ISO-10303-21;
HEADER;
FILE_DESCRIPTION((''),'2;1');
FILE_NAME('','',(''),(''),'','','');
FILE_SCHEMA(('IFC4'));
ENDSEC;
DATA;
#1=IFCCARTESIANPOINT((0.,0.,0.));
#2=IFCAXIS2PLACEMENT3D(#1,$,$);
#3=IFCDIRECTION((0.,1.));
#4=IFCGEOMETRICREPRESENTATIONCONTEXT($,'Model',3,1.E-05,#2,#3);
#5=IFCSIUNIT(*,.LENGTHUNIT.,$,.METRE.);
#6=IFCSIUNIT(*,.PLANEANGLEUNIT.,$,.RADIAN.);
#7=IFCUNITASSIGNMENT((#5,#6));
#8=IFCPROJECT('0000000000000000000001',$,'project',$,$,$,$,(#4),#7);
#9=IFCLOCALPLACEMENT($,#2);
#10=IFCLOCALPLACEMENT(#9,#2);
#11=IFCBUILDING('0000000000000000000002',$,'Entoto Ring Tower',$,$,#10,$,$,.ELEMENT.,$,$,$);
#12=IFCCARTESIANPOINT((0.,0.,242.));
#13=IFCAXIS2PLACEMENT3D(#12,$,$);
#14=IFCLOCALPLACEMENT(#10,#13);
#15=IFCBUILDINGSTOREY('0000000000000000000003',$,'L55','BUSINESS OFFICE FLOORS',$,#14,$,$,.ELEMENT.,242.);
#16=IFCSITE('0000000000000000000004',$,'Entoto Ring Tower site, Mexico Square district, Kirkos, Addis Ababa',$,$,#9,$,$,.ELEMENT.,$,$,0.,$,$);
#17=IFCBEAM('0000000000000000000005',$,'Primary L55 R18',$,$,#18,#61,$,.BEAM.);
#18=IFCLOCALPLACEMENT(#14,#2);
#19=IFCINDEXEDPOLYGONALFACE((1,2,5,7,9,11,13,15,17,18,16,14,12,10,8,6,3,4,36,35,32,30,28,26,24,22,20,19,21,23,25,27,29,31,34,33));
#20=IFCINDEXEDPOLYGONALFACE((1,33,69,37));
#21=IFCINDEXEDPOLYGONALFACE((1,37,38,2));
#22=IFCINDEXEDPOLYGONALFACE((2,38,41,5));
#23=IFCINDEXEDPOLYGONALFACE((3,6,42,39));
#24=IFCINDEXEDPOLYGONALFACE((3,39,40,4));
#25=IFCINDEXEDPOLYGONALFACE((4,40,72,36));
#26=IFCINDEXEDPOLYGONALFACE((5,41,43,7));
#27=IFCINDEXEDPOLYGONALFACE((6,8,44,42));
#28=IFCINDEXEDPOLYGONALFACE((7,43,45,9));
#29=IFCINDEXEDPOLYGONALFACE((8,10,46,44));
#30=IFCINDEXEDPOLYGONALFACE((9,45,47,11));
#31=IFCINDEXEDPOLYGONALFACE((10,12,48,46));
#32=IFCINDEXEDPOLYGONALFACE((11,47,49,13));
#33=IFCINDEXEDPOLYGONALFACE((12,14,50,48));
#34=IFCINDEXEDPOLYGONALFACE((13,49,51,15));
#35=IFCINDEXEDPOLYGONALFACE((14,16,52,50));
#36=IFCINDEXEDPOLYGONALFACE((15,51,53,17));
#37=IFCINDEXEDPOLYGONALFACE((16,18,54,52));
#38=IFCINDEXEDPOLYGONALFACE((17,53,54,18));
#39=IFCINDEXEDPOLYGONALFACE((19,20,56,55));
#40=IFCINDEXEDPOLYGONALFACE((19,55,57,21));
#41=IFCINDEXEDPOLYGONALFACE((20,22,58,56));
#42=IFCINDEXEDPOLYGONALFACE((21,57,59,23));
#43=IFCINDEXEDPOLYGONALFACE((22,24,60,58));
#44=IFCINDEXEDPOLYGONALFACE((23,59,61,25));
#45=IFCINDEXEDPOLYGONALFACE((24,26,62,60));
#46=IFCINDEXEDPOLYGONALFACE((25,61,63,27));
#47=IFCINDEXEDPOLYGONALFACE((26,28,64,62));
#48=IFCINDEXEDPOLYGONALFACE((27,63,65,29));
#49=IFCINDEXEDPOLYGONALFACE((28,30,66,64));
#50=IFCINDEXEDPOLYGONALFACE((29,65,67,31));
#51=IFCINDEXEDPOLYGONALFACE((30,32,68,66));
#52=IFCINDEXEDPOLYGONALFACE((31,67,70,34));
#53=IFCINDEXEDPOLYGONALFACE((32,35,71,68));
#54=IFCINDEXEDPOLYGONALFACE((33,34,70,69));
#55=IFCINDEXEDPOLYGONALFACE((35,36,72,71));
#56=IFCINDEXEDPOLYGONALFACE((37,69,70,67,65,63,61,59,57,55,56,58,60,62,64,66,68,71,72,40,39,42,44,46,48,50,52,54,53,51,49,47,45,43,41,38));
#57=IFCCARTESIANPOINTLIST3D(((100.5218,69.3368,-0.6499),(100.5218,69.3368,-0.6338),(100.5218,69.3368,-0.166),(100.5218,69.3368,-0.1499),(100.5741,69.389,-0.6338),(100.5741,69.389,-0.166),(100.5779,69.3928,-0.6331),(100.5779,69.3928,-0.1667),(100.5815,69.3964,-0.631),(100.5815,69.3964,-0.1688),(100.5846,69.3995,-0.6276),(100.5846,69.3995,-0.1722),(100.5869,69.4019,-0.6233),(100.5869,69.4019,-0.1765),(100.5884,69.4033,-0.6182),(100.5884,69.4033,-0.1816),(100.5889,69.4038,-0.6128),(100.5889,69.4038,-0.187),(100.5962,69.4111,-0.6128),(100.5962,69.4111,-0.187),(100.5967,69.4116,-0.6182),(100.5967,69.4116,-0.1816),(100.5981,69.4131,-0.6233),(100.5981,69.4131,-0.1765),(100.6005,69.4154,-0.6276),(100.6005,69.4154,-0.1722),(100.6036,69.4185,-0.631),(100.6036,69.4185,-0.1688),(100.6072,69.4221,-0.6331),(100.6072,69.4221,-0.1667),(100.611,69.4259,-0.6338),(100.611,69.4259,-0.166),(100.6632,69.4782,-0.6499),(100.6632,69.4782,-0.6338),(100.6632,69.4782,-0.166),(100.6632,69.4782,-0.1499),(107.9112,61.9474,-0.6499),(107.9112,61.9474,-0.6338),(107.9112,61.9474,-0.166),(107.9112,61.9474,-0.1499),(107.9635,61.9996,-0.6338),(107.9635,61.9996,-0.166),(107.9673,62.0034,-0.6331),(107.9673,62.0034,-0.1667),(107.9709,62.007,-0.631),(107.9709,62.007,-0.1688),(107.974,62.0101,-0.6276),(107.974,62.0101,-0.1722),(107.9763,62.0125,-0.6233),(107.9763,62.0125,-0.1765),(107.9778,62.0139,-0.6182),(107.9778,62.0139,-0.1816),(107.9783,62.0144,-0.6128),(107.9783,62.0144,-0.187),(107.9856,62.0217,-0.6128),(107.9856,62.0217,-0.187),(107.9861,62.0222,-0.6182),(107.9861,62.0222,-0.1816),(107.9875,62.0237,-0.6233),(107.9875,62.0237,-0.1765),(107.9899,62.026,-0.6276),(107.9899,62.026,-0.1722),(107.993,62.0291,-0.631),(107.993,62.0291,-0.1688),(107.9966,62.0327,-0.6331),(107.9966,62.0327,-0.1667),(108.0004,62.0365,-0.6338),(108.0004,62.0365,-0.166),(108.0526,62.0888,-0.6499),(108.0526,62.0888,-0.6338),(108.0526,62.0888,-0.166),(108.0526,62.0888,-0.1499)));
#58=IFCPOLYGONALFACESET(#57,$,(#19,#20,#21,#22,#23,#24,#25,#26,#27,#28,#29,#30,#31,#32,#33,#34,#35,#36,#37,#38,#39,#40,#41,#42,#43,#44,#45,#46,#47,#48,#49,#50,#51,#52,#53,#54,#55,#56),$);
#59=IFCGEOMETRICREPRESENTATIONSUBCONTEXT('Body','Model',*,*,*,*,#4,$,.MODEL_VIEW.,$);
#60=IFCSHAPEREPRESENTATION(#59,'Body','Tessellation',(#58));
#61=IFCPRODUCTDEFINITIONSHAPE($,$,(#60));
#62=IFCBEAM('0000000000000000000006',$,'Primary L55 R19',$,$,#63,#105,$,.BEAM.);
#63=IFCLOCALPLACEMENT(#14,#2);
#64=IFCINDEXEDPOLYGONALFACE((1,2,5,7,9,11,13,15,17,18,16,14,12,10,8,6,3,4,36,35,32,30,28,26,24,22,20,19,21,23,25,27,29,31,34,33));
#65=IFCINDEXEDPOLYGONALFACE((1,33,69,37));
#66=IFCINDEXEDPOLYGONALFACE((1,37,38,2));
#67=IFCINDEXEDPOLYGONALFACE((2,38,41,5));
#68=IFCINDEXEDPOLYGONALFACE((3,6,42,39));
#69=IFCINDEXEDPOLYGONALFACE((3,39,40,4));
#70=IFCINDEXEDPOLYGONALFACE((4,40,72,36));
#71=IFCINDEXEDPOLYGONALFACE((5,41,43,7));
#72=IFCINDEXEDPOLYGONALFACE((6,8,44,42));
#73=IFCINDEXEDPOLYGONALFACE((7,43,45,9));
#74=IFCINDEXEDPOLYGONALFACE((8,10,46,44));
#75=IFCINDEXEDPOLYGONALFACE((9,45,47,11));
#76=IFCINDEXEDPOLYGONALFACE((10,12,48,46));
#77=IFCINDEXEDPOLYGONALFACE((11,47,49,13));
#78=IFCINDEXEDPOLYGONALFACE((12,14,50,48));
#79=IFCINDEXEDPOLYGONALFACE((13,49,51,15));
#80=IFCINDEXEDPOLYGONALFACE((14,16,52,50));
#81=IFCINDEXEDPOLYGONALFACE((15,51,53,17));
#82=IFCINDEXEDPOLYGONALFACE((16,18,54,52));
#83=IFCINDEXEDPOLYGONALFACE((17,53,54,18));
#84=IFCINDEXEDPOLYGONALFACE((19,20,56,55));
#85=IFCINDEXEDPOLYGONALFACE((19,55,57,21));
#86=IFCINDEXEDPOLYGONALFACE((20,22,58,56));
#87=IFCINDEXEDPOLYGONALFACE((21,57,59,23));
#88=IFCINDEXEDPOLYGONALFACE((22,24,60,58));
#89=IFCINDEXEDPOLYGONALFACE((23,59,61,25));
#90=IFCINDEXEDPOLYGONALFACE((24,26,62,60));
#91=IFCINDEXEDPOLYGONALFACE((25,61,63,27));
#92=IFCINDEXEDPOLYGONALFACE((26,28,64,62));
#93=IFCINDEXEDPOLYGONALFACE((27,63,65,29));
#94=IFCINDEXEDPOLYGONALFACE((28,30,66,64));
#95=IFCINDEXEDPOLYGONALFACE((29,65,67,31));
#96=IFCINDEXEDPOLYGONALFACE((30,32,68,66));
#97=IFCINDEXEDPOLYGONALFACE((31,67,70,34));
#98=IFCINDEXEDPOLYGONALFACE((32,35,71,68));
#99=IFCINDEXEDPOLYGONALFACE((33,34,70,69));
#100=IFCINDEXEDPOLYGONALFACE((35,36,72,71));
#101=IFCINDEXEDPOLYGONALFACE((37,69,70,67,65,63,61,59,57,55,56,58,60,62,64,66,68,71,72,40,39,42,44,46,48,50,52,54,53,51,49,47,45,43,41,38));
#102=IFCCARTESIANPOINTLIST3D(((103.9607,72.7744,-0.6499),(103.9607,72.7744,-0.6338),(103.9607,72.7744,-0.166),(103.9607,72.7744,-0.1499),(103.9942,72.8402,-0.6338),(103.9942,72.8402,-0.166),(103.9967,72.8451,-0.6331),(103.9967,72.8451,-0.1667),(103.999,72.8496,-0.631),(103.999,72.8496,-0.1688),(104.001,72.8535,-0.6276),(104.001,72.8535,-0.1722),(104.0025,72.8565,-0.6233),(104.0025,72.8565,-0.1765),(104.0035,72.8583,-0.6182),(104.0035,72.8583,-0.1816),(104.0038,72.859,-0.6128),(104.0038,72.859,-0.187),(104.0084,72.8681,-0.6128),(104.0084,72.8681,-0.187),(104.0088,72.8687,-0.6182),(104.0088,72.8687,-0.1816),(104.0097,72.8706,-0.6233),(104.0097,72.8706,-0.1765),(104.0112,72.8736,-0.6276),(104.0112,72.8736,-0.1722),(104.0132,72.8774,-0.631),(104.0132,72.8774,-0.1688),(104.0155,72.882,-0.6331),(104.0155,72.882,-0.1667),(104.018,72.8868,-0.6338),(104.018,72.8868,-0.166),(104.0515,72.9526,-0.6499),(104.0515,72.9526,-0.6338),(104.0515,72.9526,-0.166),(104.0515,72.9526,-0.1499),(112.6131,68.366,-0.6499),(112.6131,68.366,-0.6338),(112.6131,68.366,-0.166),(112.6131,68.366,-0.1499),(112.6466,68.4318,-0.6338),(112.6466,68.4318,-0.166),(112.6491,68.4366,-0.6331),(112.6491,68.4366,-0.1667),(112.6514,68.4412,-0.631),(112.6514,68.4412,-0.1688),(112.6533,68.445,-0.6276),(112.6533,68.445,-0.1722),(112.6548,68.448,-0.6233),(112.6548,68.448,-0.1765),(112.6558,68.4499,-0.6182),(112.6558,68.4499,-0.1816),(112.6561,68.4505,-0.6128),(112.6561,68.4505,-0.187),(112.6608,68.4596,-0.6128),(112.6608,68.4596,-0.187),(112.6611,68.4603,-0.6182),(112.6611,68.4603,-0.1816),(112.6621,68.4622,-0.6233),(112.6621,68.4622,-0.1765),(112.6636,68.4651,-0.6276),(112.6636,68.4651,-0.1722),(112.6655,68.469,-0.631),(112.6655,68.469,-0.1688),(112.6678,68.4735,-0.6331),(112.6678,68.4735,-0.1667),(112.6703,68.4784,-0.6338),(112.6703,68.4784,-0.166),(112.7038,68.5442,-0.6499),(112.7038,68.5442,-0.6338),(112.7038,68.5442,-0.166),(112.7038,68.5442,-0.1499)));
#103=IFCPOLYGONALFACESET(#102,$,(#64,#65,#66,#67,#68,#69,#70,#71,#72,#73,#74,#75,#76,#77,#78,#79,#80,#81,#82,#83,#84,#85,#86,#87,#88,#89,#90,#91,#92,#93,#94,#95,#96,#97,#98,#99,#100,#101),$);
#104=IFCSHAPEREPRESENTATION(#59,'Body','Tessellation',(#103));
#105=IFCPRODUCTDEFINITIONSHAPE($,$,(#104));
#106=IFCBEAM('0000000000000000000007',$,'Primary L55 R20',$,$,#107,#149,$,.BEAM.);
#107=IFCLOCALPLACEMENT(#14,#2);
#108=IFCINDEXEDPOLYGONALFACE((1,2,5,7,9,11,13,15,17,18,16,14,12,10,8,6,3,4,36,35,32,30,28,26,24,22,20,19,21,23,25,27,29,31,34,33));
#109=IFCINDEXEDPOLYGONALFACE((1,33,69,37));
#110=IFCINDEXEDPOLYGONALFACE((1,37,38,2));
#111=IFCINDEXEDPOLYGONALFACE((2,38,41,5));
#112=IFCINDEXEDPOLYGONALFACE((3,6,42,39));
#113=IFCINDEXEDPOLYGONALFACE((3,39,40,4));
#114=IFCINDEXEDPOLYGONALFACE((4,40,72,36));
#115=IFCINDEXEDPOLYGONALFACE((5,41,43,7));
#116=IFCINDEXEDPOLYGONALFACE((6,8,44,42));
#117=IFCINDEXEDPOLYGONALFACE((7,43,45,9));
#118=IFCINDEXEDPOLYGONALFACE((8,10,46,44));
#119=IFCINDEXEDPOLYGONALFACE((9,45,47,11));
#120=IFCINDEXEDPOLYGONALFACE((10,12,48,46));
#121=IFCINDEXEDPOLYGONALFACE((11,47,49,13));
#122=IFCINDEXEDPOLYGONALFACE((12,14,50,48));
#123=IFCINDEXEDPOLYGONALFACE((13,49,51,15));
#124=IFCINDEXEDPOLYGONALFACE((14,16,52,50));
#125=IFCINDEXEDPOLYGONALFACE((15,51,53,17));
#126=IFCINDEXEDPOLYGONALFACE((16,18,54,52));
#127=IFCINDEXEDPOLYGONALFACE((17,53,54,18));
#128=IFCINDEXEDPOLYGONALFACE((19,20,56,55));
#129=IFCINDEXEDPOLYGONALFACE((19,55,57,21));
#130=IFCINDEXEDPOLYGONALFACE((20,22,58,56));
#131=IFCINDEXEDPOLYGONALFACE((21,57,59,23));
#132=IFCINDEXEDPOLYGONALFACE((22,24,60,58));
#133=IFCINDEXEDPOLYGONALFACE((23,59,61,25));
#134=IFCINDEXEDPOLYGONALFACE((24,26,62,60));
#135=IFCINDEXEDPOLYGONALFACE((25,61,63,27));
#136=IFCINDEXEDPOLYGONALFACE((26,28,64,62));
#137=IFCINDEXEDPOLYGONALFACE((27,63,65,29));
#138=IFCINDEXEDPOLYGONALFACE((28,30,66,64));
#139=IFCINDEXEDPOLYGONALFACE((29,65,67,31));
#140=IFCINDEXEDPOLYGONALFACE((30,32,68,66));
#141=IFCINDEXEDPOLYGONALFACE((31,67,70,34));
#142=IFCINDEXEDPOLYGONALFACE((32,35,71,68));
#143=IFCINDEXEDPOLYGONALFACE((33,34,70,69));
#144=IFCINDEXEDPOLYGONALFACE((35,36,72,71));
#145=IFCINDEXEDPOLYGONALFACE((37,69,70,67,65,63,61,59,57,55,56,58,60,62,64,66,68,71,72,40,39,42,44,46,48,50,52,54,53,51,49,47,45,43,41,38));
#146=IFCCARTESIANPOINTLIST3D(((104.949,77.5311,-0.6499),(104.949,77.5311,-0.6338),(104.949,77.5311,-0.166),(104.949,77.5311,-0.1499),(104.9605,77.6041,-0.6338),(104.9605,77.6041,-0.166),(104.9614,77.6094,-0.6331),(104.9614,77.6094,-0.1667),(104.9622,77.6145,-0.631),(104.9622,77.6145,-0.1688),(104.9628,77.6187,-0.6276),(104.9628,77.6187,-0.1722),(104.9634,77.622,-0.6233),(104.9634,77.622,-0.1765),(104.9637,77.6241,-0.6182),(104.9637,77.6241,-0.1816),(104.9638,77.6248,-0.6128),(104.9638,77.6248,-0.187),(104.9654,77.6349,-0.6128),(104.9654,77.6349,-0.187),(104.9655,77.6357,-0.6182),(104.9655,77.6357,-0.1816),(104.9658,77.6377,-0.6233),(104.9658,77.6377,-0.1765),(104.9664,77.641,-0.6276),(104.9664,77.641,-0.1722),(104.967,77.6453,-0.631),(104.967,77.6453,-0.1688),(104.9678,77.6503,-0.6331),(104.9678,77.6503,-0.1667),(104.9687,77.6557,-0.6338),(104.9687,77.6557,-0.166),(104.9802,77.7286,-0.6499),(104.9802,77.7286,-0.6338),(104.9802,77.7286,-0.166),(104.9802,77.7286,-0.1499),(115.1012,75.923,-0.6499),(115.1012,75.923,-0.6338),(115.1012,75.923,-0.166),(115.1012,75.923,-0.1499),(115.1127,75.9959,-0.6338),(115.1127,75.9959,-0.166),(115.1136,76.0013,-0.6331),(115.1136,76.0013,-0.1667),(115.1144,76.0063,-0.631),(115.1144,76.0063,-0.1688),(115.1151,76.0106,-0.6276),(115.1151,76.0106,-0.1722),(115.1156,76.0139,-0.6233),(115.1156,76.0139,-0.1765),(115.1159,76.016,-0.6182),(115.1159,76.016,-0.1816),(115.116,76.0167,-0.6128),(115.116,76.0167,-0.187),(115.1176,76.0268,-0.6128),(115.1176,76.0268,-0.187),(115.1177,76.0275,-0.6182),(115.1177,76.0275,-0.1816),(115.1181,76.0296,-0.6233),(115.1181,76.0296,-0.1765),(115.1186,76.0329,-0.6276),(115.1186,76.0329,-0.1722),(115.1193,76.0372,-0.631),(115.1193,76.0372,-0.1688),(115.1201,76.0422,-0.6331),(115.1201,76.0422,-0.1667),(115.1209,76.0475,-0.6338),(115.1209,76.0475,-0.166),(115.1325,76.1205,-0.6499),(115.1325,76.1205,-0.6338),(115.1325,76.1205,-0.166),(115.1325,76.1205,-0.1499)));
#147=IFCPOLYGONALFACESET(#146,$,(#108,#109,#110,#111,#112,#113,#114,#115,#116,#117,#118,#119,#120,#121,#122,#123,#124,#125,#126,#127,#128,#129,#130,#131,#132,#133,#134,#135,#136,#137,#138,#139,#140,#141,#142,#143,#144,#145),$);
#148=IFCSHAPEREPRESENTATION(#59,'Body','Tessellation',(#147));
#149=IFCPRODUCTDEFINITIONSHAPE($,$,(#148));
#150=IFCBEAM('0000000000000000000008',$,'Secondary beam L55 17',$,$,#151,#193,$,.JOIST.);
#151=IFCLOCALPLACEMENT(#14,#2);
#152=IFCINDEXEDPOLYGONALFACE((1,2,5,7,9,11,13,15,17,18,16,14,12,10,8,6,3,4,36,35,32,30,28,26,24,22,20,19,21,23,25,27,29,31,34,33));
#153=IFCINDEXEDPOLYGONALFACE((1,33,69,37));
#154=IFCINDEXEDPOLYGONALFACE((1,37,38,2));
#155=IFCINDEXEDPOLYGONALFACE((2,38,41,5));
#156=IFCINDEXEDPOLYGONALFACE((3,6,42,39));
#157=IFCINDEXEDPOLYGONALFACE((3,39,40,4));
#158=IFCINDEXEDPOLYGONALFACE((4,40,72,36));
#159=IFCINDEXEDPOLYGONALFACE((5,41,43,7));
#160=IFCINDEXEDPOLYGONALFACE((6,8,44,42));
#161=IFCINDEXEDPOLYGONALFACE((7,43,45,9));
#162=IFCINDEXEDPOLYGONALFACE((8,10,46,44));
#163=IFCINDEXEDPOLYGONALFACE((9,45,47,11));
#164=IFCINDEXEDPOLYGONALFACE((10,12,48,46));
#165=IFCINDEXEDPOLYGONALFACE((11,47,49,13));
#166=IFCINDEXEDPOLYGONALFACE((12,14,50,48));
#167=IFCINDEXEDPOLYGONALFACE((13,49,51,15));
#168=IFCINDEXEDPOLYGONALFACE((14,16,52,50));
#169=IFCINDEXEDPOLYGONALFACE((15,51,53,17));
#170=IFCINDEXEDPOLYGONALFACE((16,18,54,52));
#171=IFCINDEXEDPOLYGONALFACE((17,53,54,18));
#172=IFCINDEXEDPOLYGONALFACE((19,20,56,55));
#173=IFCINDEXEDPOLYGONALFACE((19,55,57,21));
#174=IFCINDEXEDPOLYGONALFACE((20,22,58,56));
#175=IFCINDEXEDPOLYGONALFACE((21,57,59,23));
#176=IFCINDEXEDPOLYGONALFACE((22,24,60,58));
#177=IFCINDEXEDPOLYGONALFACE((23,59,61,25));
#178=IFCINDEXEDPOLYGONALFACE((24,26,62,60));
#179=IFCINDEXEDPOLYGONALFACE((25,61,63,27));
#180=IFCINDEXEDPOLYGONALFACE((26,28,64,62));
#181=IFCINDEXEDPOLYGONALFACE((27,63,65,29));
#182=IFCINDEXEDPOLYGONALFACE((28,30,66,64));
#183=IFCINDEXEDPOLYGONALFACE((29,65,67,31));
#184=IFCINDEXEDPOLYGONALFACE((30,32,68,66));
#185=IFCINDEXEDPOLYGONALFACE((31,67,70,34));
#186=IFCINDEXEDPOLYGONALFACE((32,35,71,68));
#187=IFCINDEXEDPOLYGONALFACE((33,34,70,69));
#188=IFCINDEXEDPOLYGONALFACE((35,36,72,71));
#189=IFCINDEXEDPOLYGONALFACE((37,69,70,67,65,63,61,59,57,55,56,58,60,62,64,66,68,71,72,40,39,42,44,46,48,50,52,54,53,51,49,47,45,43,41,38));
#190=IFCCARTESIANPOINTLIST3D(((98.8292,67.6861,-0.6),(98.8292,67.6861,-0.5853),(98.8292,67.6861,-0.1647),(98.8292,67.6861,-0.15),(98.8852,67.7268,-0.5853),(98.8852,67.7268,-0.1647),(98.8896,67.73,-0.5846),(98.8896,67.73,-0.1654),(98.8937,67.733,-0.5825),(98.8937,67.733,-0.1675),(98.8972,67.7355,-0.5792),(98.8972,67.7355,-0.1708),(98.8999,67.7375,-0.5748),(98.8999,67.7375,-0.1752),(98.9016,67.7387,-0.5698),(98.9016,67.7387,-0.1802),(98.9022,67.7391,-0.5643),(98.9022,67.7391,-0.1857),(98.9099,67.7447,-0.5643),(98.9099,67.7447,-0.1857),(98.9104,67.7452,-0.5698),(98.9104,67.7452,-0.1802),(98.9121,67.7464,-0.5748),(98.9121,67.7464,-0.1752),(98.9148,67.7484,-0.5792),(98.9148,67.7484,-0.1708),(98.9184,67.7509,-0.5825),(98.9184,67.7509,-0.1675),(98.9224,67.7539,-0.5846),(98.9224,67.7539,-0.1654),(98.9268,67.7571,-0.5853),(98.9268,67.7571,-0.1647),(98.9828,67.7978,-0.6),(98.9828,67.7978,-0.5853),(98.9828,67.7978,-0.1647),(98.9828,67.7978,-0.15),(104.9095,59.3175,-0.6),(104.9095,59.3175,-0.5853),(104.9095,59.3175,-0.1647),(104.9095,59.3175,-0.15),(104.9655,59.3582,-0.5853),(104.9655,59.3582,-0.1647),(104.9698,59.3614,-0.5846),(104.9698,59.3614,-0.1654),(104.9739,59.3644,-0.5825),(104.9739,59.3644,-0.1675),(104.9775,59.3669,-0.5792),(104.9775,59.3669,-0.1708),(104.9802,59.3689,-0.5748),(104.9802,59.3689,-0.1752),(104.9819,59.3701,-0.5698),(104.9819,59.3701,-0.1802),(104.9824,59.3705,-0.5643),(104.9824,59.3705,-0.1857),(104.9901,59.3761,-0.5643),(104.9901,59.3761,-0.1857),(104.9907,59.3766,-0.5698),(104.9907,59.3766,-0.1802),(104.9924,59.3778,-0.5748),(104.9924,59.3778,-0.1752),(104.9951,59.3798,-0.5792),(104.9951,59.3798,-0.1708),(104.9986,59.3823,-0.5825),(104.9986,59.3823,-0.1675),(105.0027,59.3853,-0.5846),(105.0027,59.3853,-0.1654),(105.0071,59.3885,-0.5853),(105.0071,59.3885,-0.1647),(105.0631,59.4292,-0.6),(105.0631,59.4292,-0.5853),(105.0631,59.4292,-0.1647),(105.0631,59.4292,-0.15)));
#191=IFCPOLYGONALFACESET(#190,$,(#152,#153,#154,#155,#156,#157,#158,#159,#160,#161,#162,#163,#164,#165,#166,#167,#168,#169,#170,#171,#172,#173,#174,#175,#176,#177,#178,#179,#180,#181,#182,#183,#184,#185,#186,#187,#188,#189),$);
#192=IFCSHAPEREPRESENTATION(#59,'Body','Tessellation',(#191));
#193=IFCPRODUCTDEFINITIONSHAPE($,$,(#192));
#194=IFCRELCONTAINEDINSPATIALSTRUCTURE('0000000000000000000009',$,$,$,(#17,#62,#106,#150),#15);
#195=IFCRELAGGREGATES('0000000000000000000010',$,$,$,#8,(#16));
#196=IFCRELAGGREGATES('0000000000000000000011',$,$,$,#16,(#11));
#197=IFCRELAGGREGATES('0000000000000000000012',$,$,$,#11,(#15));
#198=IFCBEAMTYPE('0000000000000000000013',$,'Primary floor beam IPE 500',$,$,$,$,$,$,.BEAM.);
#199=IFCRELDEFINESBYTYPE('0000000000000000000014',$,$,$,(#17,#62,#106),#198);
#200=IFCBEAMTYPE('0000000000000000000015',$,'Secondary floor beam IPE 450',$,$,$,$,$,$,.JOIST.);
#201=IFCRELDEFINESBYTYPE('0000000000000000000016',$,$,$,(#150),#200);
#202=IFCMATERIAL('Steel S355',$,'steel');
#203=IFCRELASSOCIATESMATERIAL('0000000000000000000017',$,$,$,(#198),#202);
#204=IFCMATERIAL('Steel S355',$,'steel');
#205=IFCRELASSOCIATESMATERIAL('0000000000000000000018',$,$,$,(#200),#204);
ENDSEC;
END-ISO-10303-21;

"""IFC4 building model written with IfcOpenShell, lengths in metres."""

from ifc_helpers import new_model, si_unit, direction, frame, origin, origin_2d, place, context, subcontext, project, spatial, i_section, extrude, material, material_profile, profile_set, type_object, element, save


model = new_model("IFC4")

# Units and contexts
model_context = context("Model", 3, precision=1e-05, world=origin(), true_north=direction((0.0, 1.0)))
body_context = subcontext(model_context, "Body", "Model", "MODEL_VIEW")
ifc_project = project(units=[si_unit("LENGTHUNIT", "METRE"), si_unit("PLANEANGLEUNIT", "RADIAN")], contexts=[model_context])

# Site, building, storey
site_placement = place(None, origin())
site = spatial("IfcSite", under=ifc_project, at=site_placement, Name="Entoto Ring Tower site, Mexico Square district, Kirkos, Addis Ababa", CompositionType="ELEMENT", RefElevation=0.0)
building_placement = place(site_placement, origin())
building = spatial("IfcBuilding", under=site, at=building_placement, Name="Entoto Ring Tower", CompositionType="ELEMENT")
storey_placement = place(building_placement, frame((0.0, 0.0, 242.0)))
storey = spatial("IfcBuildingStorey", under=building, at=storey_placement, Name="L55", Description="BUSINESS OFFICE FLOORS", CompositionType="ELEMENT", Elevation=242.0)

# Beams
ifc_material_1 = material(Name="Steel S355", Category="steel")
ifc_material_profile_1 = material_profile(ifc_material_1, i_section(OverallWidth=0.2, OverallDepth=0.5, WebThickness=0.0103, FlangeThickness=0.0161, FilletRadius=0.021, at=origin_2d()), Name="IPE 500")
ifc_profile_set_1 = profile_set([ifc_material_profile_1], Name="Steel S355")
beam_type_1 = type_object("IfcBeamType", Name="Primary floor beam IPE 500", PredefinedType="BEAM", material=ifc_profile_set_1)
beam_1_placement = place(storey_placement, frame((100.5925, 69.4075, -0.3999), z_axis=(0.707107, -0.707107, 0.0), x_axis=(0.707107, 0.707107, 0.0)))
element("IfcBeam", 1, at=beam_1_placement, inside=storey, type_object=beam_type_1, Name="Primary L55 R18", PredefinedType="BEAM", context=body_context, shape_type="SweptSolid", body=[
    extrude(i_section(OverallWidth=0.2, OverallDepth=0.5, WebThickness=0.0103, FlangeThickness=0.0161, FilletRadius=0.021, at=origin_2d()), origin(), (0.0, 0.0, 1.0), 10.4502),
])
beam_2_placement = place(storey_placement, frame((104.0061, 72.8635, -0.3999), z_axis=(0.891012, -0.453979, 0.0), x_axis=(0.453979, 0.891012, 0.0)))
element("IfcBeam", 2, at=beam_2_placement, inside=storey, type_object=beam_type_1, Name="Primary L55 R19", PredefinedType="BEAM", context=body_context, shape_type="SweptSolid", body=[
    extrude(i_section(OverallWidth=0.2, OverallDepth=0.5, WebThickness=0.0103, FlangeThickness=0.0161, FilletRadius=0.021, at=origin_2d()), origin(), (0.0, 0.0, 1.0), 9.7107),
])
beam_3_placement = place(storey_placement, frame((104.9646, 77.6299, -0.3999), z_axis=(0.987686, -0.156452, 0.0), x_axis=(0.156452, 0.987686, 0.0)))
element("IfcBeam", 3, at=beam_3_placement, inside=storey, type_object=beam_type_1, Name="Primary L55 R20", PredefinedType="BEAM", context=body_context, shape_type="SweptSolid", body=[
    extrude(i_section(OverallWidth=0.2, OverallDepth=0.5, WebThickness=0.0103, FlangeThickness=0.0161, FilletRadius=0.021, at=origin_2d()), origin(), (0.0, 0.0, 1.0), 10.2788),
])
ifc_material_2 = material(Name="Steel S355", Category="steel")
ifc_material_profile_2 = material_profile(ifc_material_2, i_section(OverallWidth=0.1899, OverallDepth=0.45, WebThickness=0.0095, FlangeThickness=0.0146, FilletRadius=0.021, at=origin_2d()), Name="IPE 450")
ifc_profile_set_2 = profile_set([ifc_material_profile_2], Name="Steel S355")
beam_type_2 = type_object("IfcBeamType", Name="Secondary floor beam IPE 450", PredefinedType="JOIST", material=ifc_profile_set_2)
for number, where, z_axis, x_axis, name in (
    (4, (98.906, 67.7419, -0.375), (0.587794, -0.809011, 0.0), (0.809011, 0.587794, 0.0), "Secondary beam L55 17"),
):
    element("IfcBeam", number, at=place(storey_placement, frame(where, z_axis=z_axis, x_axis=x_axis)), inside=storey, type_object=beam_type_2, Name=name, PredefinedType="JOIST", context=body_context, shape_type="SweptSolid", body=[
        extrude(i_section(OverallWidth=0.1899, OverallDepth=0.45, WebThickness=0.0095, FlangeThickness=0.0146, FilletRadius=0.021, at=origin_2d()), origin(), (0.0, 0.0, 1.0), 10.3442),
    ])

save(model, "model.ifc")
